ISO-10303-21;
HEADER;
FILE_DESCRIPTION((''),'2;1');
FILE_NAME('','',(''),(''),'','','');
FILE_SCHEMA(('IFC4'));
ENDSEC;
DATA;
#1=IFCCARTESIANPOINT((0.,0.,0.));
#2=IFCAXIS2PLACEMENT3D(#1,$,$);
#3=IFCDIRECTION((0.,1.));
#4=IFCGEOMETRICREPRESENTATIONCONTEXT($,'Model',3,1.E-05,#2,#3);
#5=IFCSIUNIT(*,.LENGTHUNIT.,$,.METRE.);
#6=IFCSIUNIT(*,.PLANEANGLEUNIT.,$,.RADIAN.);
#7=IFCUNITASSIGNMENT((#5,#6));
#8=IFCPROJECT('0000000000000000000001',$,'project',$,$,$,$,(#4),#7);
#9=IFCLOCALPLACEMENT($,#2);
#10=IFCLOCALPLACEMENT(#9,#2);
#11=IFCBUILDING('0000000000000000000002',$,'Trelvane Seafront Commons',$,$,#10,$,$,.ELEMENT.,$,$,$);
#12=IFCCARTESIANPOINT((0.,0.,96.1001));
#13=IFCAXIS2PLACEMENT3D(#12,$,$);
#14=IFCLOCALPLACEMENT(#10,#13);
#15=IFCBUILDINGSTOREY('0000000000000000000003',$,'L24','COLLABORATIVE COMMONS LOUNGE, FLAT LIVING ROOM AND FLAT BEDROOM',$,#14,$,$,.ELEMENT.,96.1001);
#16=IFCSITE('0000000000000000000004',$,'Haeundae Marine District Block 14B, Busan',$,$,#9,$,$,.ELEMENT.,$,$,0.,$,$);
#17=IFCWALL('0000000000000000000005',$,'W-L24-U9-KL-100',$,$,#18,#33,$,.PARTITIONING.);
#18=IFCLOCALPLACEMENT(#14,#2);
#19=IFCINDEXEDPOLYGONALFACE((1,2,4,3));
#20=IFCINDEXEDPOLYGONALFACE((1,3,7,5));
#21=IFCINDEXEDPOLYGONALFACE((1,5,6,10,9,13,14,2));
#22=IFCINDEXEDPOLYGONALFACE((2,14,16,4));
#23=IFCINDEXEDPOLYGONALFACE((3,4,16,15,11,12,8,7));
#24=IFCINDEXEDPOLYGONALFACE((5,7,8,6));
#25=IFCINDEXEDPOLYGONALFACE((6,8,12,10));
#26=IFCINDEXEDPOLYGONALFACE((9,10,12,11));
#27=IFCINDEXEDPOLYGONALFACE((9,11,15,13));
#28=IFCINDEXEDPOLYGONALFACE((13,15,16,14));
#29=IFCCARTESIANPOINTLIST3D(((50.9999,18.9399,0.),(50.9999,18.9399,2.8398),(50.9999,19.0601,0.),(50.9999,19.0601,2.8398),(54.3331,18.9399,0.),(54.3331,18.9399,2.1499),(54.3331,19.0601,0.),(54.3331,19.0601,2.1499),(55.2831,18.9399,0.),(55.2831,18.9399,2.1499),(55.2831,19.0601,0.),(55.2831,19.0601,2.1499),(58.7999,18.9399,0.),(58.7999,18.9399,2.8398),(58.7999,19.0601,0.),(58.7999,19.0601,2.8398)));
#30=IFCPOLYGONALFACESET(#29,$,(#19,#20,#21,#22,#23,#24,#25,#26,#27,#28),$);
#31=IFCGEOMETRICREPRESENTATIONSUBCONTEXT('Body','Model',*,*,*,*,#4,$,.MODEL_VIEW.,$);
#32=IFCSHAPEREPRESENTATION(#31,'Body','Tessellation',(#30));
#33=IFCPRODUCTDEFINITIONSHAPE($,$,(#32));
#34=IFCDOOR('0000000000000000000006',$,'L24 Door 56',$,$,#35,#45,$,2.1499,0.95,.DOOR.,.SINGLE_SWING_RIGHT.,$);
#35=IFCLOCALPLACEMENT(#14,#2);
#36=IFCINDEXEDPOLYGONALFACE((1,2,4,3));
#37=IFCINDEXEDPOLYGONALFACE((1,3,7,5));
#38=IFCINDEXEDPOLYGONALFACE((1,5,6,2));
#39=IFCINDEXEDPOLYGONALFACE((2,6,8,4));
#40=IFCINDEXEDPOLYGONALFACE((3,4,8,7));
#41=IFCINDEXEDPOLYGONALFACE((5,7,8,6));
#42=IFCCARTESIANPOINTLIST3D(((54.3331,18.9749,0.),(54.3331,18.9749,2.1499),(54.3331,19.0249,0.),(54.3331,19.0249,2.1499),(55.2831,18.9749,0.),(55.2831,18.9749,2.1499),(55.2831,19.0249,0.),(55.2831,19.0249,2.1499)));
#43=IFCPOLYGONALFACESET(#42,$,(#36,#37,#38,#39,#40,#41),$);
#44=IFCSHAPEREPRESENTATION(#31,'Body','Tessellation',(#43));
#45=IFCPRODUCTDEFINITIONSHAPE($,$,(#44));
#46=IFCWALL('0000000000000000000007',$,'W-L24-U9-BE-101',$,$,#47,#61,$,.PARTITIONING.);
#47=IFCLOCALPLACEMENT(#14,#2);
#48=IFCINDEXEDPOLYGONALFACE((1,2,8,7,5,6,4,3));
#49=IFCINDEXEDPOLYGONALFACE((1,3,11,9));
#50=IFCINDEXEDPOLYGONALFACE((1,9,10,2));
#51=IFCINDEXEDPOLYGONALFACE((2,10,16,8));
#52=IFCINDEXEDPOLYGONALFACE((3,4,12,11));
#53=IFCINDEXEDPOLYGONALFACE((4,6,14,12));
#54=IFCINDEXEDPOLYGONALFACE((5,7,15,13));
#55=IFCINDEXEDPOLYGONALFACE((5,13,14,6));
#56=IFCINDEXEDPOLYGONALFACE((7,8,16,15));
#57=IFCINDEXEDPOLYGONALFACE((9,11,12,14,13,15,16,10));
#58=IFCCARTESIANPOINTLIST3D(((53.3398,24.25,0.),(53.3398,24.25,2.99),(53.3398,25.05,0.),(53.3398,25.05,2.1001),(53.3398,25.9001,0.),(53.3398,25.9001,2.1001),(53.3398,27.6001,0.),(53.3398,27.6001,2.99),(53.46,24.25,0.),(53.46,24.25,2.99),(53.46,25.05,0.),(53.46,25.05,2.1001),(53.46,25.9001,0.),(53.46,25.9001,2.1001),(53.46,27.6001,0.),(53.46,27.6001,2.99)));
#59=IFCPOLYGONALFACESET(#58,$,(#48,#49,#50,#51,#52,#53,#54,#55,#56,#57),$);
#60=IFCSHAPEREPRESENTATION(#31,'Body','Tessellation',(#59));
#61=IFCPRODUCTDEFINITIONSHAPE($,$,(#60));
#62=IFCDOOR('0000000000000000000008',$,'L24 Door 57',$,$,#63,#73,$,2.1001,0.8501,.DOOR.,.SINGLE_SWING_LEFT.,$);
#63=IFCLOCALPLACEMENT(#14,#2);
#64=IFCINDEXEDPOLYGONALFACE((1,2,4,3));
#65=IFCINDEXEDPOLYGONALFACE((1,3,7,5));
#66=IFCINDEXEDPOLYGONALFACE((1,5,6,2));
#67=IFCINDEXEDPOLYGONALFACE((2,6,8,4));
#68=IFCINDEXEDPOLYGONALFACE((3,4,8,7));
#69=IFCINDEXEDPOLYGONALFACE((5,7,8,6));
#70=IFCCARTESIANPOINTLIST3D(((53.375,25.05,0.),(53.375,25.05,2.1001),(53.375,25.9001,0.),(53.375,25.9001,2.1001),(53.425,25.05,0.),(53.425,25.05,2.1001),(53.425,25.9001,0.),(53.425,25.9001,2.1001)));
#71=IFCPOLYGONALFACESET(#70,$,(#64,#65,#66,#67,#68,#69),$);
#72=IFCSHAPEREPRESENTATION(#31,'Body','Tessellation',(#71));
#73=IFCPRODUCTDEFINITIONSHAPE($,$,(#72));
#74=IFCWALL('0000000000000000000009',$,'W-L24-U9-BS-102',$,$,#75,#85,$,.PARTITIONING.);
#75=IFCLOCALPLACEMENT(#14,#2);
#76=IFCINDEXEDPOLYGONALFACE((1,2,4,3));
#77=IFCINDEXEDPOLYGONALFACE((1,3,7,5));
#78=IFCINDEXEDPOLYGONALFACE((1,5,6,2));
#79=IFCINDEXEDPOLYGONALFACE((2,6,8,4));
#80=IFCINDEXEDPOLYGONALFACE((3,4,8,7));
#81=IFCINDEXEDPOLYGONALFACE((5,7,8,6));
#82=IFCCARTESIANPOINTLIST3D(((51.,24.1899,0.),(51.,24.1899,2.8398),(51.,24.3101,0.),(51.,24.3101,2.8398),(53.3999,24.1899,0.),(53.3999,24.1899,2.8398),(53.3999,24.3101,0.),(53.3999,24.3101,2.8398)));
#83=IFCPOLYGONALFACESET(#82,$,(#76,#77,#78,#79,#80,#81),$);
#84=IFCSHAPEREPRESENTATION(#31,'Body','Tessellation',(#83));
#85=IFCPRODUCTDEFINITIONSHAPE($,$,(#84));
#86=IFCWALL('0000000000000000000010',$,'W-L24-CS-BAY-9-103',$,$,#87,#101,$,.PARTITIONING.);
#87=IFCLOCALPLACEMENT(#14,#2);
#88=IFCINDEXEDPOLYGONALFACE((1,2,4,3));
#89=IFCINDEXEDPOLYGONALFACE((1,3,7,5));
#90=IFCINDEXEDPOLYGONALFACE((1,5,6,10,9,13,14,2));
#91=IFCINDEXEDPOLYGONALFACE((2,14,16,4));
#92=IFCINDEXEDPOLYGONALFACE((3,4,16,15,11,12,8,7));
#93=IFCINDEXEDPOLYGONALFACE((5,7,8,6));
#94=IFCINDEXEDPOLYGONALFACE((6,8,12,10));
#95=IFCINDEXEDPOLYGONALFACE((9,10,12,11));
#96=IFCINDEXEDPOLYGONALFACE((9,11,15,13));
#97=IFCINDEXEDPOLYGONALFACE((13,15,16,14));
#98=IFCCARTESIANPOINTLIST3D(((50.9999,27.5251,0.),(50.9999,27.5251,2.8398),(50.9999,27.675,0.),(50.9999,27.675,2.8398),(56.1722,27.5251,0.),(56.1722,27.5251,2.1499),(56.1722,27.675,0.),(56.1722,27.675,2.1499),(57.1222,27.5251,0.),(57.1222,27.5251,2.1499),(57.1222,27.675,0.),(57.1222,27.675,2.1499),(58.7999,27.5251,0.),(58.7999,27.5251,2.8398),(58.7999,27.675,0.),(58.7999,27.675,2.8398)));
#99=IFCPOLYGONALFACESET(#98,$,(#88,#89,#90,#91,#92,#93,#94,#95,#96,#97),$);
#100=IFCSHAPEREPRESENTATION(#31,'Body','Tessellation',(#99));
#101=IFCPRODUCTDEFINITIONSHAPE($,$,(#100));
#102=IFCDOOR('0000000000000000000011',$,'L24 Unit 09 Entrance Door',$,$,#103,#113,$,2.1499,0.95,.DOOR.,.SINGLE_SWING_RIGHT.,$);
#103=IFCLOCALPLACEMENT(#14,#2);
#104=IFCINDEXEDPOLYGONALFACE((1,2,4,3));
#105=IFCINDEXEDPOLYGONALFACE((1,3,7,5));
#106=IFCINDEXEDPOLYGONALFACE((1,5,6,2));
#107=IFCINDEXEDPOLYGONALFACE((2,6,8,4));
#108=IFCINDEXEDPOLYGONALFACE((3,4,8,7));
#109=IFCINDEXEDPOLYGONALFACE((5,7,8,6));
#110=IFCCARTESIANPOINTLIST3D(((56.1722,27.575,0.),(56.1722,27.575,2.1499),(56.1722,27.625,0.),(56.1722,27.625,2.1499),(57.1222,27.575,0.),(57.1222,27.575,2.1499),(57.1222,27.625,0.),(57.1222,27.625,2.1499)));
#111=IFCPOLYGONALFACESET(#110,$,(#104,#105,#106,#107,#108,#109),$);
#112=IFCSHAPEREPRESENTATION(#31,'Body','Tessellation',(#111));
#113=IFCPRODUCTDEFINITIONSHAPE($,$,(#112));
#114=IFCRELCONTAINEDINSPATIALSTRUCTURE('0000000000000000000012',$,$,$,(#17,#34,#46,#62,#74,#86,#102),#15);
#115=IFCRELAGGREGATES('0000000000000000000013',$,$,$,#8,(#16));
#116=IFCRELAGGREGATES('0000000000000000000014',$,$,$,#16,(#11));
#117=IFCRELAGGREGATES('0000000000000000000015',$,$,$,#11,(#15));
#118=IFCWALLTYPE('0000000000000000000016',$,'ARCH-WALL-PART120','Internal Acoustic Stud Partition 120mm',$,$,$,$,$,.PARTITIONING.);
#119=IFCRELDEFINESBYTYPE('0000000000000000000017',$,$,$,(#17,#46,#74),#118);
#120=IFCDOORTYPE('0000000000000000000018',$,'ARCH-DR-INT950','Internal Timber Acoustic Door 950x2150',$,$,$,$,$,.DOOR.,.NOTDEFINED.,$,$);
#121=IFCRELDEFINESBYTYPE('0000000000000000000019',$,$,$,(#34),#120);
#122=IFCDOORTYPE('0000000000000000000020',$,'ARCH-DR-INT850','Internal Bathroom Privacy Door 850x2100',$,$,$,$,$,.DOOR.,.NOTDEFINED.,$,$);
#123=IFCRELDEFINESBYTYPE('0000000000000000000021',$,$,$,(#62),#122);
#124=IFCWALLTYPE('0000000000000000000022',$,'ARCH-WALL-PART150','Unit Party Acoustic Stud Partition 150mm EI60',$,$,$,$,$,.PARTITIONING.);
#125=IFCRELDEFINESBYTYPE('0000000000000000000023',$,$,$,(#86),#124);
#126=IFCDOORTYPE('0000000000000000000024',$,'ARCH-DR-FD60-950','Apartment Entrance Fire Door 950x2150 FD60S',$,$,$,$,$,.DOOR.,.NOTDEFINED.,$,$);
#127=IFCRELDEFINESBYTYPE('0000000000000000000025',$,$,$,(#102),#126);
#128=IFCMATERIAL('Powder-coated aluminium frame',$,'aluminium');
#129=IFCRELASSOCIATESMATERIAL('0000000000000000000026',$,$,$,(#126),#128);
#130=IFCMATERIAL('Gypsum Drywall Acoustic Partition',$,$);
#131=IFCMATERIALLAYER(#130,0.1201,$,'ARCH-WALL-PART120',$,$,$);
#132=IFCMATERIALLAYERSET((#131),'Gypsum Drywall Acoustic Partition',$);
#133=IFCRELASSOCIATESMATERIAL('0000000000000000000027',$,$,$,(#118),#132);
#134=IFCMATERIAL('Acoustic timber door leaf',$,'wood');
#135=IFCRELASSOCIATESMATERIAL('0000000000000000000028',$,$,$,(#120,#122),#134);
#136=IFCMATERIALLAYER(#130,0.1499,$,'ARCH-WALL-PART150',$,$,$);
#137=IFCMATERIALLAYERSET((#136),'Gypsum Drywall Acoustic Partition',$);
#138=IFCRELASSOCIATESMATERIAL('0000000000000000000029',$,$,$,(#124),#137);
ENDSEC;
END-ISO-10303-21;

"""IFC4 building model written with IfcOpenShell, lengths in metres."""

from ifc_helpers import new_model, si_unit, direction, frame, frame_2d, origin, place, context, subcontext, project, spatial, rectangle, extrude, source, transform, mapped, material, layer, layer_set, type_object, element, fill, save


model = new_model("IFC4")

# Units and contexts
model_context = context("Model", 3, precision=1e-05, world=origin(), true_north=direction((0.0, 1.0)))
body_context = subcontext(model_context, "Body", "Model", "MODEL_VIEW")
ifc_project = project(units=[si_unit("LENGTHUNIT", "METRE"), si_unit("PLANEANGLEUNIT", "RADIAN")], contexts=[model_context])

# Site, building, storey
site_placement = place(None, origin())
site = spatial("IfcSite", under=ifc_project, at=site_placement, Name="Haeundae Marine District Block 14B, Busan", CompositionType="ELEMENT", RefElevation=0.0)
building_placement = place(site_placement, origin())
building = spatial("IfcBuilding", under=site, at=building_placement, Name="Trelvane Seafront Commons", CompositionType="ELEMENT")
storey_placement = place(building_placement, frame((0.0, 0.0, 96.1001)))
storey = spatial("IfcBuildingStorey", under=building, at=storey_placement, Name="L24", Description="COLLABORATIVE COMMONS LOUNGE, FLAT LIVING ROOM AND FLAT BEDROOM", CompositionType="ELEMENT", Elevation=96.1001)

# Shared definitions
ifc_material_1 = material(Name="Powder-coated aluminium frame", Category="aluminium")
door_type_1 = type_object("IfcDoorType", Name="ARCH-DR-FD60-950", Description="Apartment Entrance Fire Door 950x2150 FD60S", OperationType="NOTDEFINED", PredefinedType="DOOR", material=ifc_material_1)
shared_shape_1 = source(origin(), body_context, "Body", "SweptSolid", [
    extrude(rectangle(XDim=0.95, YDim=2.1499, at=frame_2d((0.4751, 1.075))), frame((0.0, 0.0249, 0.0), z_axis=(0.0, -1.0, 0.0), x_axis=(1.0, 0.0, 0.0)), (0.0, 0.0, 1.0), 0.05),
])

# Shared definitions
ifc_material_2 = material(Name="Gypsum Drywall Acoustic Partition")
ifc_layer_1 = layer(ifc_material_2, 0.1201, Name="ARCH-WALL-PART120")
ifc_layer_set_1 = layer_set([ifc_layer_1], Name="Gypsum Drywall Acoustic Partition")
wall_type_1 = type_object("IfcWallType", Name="ARCH-WALL-PART120", Description="Internal Acoustic Stud Partition 120mm", PredefinedType="PARTITIONING", material=ifc_layer_set_1)
ifc_material_3 = material(Name="Acoustic timber door leaf", Category="wood")
door_type_2 = type_object("IfcDoorType", Name="ARCH-DR-INT950", Description="Internal Timber Acoustic Door 950x2150", OperationType="NOTDEFINED", PredefinedType="DOOR", material=ifc_material_3)

# Walls, openings, doors
wall_1_placement = place(storey_placement, frame((51.0, 19.0, 0.0), z_axis=(0.0, 0.0, 1.0), x_axis=(1.0, 0.0, 0.0)))
wall_1 = element("IfcWall", 1, at=wall_1_placement, inside=storey, type_object=wall_type_1, Name="W-L24-U9-KL-100", PredefinedType="PARTITIONING", context=body_context, shape_type="SweptSolid", body=[
    extrude(rectangle(XDim=7.8, YDim=0.1201, at=frame_2d((3.8999, 0.0))), origin(), (0.0, 0.0, 1.0), 2.8398),
])
opening_1_placement = place(wall_1_placement, frame((3.333, 0.0, 0.0)))
opening_1 = element("IfcOpeningElement", 2, at=opening_1_placement, cuts=wall_1, PredefinedType="OPENING", context=body_context, shape_type="SweptSolid", body=[
    extrude(rectangle(XDim=0.95, YDim=2.1499, at=frame_2d((0.4751, 1.075))), frame((0.0, 0.0701, 0.0), z_axis=(0.0, -1.0, 0.0), x_axis=(1.0, 0.0, 0.0)), (0.0, 0.0, 1.0), 0.1401),
])
door_1_placement = place(opening_1_placement, origin())
door_1 = element("IfcDoor", 3, at=door_1_placement, inside=storey, type_object=door_type_2, Name="L24 Door 56", OperationType="SINGLE_SWING_RIGHT", OverallHeight=2.1499, OverallWidth=0.95, PredefinedType="DOOR", context=body_context, shape_type="MappedRepresentation", body=[
    mapped(shared_shape_1, transform((0.0, 0.0, 0.0), x_axis=(1.0, 0.0, 0.0), y_axis=(0.0, 1.0, 0.0), z_axis=(0.0, 0.0, 1.0), scale=1.0)),
])
fill(opening_1, door_1)
wall_2_placement = place(storey_placement, frame((53.3999, 24.25, 0.0), z_axis=(0.0, 0.0, 1.0), x_axis=(0.0, 1.0, 0.0)))
wall_2 = element("IfcWall", 4, at=wall_2_placement, inside=storey, type_object=wall_type_1, Name="W-L24-U9-BE-101", PredefinedType="PARTITIONING", context=body_context, shape_type="SweptSolid", body=[
    extrude(rectangle(XDim=3.3501, YDim=0.1201, at=frame_2d((1.675, 0.0))), origin(), (0.0, 0.0, 1.0), 2.99),
])
opening_2_placement = place(wall_2_placement, frame((0.8, 0.0, 0.0)))
opening_2 = element("IfcOpeningElement", 5, at=opening_2_placement, cuts=wall_2, PredefinedType="OPENING", context=body_context, shape_type="SweptSolid", body=[
    extrude(rectangle(XDim=0.8501, YDim=2.1001, at=frame_2d((0.425, 1.05))), frame((0.0, 0.0701, 0.0), z_axis=(0.0, -1.0, 0.0), x_axis=(1.0, 0.0, 0.0)), (0.0, 0.0, 1.0), 0.1401),
])
door_type_3 = type_object("IfcDoorType", Name="ARCH-DR-INT850", Description="Internal Bathroom Privacy Door 850x2100", OperationType="NOTDEFINED", PredefinedType="DOOR", material=ifc_material_3)
shared_shape_2 = source(origin(), body_context, "Body", "SweptSolid", [
    extrude(rectangle(XDim=0.8501, YDim=2.1001, at=frame_2d((0.425, 1.05))), frame((0.0, 0.0249, 0.0), z_axis=(0.0, -1.0, 0.0), x_axis=(1.0, 0.0, 0.0)), (0.0, 0.0, 1.0), 0.05),
])
door_2_placement = place(opening_2_placement, origin())
door_2 = element("IfcDoor", 6, at=door_2_placement, inside=storey, type_object=door_type_3, Name="L24 Door 57", OperationType="SINGLE_SWING_LEFT", OverallHeight=2.1001, OverallWidth=0.8501, PredefinedType="DOOR", context=body_context, shape_type="MappedRepresentation", body=[
    mapped(shared_shape_2, transform((0.0, 0.0, 0.0), x_axis=(1.0, 0.0, 0.0), y_axis=(0.0, 1.0, 0.0), z_axis=(0.0, 0.0, 1.0), scale=1.0)),
])
fill(opening_2, door_2)

# Wall
wall_3_placement = place(storey_placement, frame((51.0, 24.25, 0.0), z_axis=(0.0, 0.0, 1.0), x_axis=(1.0, 0.0, 0.0)))
element("IfcWall", 7, at=wall_3_placement, inside=storey, type_object=wall_type_1, Name="W-L24-U9-BS-102", PredefinedType="PARTITIONING", context=body_context, shape_type="SweptSolid", body=[
    extrude(rectangle(XDim=2.3999, YDim=0.1201, at=frame_2d((1.2, 0.0))), origin(), (0.0, 0.0, 1.0), 2.8398),
])

# Wall, opening, door
ifc_layer_2 = layer(ifc_material_2, 0.1499, Name="ARCH-WALL-PART150")
ifc_layer_set_2 = layer_set([ifc_layer_2], Name="Gypsum Drywall Acoustic Partition")
wall_type_2 = type_object("IfcWallType", Name="ARCH-WALL-PART150", Description="Unit Party Acoustic Stud Partition 150mm EI60", PredefinedType="PARTITIONING", material=ifc_layer_set_2)
wall_4_placement = place(storey_placement, frame((51.0, 27.6001, 0.0), z_axis=(0.0, 0.0, 1.0), x_axis=(1.0, 0.0, 0.0)))
wall_4 = element("IfcWall", 8, at=wall_4_placement, inside=storey, type_object=wall_type_2, Name="W-L24-CS-BAY-9-103", PredefinedType="PARTITIONING", context=body_context, shape_type="SweptSolid", body=[
    extrude(rectangle(XDim=7.8, YDim=0.1499, at=frame_2d((3.8999, 0.0))), origin(), (0.0, 0.0, 1.0), 2.8398),
])
opening_3_placement = place(wall_4_placement, frame((5.1721, 0.0, 0.0)))
opening_3 = element("IfcOpeningElement", 9, at=opening_3_placement, cuts=wall_4, PredefinedType="OPENING", context=body_context, shape_type="SweptSolid", body=[
    extrude(rectangle(XDim=0.95, YDim=2.1499, at=frame_2d((0.4751, 1.075))), frame((0.0, 0.085, 0.0), z_axis=(0.0, -1.0, 0.0), x_axis=(1.0, 0.0, 0.0)), (0.0, 0.0, 1.0), 0.1699),
])
door_3_placement = place(opening_3_placement, origin())
door_3 = element("IfcDoor", 10, at=door_3_placement, inside=storey, type_object=door_type_1, Name="L24 Unit 09 Entrance Door", OperationType="SINGLE_SWING_RIGHT", OverallHeight=2.1499, OverallWidth=0.95, PredefinedType="DOOR", context=body_context, shape_type="MappedRepresentation", body=[
    mapped(shared_shape_1, transform((0.0, 0.0, 0.0), x_axis=(1.0, 0.0, 0.0), y_axis=(0.0, 1.0, 0.0), z_axis=(0.0, 0.0, 1.0), scale=1.0)),
])
fill(opening_3, door_3)

save(model, "model.ifc")
